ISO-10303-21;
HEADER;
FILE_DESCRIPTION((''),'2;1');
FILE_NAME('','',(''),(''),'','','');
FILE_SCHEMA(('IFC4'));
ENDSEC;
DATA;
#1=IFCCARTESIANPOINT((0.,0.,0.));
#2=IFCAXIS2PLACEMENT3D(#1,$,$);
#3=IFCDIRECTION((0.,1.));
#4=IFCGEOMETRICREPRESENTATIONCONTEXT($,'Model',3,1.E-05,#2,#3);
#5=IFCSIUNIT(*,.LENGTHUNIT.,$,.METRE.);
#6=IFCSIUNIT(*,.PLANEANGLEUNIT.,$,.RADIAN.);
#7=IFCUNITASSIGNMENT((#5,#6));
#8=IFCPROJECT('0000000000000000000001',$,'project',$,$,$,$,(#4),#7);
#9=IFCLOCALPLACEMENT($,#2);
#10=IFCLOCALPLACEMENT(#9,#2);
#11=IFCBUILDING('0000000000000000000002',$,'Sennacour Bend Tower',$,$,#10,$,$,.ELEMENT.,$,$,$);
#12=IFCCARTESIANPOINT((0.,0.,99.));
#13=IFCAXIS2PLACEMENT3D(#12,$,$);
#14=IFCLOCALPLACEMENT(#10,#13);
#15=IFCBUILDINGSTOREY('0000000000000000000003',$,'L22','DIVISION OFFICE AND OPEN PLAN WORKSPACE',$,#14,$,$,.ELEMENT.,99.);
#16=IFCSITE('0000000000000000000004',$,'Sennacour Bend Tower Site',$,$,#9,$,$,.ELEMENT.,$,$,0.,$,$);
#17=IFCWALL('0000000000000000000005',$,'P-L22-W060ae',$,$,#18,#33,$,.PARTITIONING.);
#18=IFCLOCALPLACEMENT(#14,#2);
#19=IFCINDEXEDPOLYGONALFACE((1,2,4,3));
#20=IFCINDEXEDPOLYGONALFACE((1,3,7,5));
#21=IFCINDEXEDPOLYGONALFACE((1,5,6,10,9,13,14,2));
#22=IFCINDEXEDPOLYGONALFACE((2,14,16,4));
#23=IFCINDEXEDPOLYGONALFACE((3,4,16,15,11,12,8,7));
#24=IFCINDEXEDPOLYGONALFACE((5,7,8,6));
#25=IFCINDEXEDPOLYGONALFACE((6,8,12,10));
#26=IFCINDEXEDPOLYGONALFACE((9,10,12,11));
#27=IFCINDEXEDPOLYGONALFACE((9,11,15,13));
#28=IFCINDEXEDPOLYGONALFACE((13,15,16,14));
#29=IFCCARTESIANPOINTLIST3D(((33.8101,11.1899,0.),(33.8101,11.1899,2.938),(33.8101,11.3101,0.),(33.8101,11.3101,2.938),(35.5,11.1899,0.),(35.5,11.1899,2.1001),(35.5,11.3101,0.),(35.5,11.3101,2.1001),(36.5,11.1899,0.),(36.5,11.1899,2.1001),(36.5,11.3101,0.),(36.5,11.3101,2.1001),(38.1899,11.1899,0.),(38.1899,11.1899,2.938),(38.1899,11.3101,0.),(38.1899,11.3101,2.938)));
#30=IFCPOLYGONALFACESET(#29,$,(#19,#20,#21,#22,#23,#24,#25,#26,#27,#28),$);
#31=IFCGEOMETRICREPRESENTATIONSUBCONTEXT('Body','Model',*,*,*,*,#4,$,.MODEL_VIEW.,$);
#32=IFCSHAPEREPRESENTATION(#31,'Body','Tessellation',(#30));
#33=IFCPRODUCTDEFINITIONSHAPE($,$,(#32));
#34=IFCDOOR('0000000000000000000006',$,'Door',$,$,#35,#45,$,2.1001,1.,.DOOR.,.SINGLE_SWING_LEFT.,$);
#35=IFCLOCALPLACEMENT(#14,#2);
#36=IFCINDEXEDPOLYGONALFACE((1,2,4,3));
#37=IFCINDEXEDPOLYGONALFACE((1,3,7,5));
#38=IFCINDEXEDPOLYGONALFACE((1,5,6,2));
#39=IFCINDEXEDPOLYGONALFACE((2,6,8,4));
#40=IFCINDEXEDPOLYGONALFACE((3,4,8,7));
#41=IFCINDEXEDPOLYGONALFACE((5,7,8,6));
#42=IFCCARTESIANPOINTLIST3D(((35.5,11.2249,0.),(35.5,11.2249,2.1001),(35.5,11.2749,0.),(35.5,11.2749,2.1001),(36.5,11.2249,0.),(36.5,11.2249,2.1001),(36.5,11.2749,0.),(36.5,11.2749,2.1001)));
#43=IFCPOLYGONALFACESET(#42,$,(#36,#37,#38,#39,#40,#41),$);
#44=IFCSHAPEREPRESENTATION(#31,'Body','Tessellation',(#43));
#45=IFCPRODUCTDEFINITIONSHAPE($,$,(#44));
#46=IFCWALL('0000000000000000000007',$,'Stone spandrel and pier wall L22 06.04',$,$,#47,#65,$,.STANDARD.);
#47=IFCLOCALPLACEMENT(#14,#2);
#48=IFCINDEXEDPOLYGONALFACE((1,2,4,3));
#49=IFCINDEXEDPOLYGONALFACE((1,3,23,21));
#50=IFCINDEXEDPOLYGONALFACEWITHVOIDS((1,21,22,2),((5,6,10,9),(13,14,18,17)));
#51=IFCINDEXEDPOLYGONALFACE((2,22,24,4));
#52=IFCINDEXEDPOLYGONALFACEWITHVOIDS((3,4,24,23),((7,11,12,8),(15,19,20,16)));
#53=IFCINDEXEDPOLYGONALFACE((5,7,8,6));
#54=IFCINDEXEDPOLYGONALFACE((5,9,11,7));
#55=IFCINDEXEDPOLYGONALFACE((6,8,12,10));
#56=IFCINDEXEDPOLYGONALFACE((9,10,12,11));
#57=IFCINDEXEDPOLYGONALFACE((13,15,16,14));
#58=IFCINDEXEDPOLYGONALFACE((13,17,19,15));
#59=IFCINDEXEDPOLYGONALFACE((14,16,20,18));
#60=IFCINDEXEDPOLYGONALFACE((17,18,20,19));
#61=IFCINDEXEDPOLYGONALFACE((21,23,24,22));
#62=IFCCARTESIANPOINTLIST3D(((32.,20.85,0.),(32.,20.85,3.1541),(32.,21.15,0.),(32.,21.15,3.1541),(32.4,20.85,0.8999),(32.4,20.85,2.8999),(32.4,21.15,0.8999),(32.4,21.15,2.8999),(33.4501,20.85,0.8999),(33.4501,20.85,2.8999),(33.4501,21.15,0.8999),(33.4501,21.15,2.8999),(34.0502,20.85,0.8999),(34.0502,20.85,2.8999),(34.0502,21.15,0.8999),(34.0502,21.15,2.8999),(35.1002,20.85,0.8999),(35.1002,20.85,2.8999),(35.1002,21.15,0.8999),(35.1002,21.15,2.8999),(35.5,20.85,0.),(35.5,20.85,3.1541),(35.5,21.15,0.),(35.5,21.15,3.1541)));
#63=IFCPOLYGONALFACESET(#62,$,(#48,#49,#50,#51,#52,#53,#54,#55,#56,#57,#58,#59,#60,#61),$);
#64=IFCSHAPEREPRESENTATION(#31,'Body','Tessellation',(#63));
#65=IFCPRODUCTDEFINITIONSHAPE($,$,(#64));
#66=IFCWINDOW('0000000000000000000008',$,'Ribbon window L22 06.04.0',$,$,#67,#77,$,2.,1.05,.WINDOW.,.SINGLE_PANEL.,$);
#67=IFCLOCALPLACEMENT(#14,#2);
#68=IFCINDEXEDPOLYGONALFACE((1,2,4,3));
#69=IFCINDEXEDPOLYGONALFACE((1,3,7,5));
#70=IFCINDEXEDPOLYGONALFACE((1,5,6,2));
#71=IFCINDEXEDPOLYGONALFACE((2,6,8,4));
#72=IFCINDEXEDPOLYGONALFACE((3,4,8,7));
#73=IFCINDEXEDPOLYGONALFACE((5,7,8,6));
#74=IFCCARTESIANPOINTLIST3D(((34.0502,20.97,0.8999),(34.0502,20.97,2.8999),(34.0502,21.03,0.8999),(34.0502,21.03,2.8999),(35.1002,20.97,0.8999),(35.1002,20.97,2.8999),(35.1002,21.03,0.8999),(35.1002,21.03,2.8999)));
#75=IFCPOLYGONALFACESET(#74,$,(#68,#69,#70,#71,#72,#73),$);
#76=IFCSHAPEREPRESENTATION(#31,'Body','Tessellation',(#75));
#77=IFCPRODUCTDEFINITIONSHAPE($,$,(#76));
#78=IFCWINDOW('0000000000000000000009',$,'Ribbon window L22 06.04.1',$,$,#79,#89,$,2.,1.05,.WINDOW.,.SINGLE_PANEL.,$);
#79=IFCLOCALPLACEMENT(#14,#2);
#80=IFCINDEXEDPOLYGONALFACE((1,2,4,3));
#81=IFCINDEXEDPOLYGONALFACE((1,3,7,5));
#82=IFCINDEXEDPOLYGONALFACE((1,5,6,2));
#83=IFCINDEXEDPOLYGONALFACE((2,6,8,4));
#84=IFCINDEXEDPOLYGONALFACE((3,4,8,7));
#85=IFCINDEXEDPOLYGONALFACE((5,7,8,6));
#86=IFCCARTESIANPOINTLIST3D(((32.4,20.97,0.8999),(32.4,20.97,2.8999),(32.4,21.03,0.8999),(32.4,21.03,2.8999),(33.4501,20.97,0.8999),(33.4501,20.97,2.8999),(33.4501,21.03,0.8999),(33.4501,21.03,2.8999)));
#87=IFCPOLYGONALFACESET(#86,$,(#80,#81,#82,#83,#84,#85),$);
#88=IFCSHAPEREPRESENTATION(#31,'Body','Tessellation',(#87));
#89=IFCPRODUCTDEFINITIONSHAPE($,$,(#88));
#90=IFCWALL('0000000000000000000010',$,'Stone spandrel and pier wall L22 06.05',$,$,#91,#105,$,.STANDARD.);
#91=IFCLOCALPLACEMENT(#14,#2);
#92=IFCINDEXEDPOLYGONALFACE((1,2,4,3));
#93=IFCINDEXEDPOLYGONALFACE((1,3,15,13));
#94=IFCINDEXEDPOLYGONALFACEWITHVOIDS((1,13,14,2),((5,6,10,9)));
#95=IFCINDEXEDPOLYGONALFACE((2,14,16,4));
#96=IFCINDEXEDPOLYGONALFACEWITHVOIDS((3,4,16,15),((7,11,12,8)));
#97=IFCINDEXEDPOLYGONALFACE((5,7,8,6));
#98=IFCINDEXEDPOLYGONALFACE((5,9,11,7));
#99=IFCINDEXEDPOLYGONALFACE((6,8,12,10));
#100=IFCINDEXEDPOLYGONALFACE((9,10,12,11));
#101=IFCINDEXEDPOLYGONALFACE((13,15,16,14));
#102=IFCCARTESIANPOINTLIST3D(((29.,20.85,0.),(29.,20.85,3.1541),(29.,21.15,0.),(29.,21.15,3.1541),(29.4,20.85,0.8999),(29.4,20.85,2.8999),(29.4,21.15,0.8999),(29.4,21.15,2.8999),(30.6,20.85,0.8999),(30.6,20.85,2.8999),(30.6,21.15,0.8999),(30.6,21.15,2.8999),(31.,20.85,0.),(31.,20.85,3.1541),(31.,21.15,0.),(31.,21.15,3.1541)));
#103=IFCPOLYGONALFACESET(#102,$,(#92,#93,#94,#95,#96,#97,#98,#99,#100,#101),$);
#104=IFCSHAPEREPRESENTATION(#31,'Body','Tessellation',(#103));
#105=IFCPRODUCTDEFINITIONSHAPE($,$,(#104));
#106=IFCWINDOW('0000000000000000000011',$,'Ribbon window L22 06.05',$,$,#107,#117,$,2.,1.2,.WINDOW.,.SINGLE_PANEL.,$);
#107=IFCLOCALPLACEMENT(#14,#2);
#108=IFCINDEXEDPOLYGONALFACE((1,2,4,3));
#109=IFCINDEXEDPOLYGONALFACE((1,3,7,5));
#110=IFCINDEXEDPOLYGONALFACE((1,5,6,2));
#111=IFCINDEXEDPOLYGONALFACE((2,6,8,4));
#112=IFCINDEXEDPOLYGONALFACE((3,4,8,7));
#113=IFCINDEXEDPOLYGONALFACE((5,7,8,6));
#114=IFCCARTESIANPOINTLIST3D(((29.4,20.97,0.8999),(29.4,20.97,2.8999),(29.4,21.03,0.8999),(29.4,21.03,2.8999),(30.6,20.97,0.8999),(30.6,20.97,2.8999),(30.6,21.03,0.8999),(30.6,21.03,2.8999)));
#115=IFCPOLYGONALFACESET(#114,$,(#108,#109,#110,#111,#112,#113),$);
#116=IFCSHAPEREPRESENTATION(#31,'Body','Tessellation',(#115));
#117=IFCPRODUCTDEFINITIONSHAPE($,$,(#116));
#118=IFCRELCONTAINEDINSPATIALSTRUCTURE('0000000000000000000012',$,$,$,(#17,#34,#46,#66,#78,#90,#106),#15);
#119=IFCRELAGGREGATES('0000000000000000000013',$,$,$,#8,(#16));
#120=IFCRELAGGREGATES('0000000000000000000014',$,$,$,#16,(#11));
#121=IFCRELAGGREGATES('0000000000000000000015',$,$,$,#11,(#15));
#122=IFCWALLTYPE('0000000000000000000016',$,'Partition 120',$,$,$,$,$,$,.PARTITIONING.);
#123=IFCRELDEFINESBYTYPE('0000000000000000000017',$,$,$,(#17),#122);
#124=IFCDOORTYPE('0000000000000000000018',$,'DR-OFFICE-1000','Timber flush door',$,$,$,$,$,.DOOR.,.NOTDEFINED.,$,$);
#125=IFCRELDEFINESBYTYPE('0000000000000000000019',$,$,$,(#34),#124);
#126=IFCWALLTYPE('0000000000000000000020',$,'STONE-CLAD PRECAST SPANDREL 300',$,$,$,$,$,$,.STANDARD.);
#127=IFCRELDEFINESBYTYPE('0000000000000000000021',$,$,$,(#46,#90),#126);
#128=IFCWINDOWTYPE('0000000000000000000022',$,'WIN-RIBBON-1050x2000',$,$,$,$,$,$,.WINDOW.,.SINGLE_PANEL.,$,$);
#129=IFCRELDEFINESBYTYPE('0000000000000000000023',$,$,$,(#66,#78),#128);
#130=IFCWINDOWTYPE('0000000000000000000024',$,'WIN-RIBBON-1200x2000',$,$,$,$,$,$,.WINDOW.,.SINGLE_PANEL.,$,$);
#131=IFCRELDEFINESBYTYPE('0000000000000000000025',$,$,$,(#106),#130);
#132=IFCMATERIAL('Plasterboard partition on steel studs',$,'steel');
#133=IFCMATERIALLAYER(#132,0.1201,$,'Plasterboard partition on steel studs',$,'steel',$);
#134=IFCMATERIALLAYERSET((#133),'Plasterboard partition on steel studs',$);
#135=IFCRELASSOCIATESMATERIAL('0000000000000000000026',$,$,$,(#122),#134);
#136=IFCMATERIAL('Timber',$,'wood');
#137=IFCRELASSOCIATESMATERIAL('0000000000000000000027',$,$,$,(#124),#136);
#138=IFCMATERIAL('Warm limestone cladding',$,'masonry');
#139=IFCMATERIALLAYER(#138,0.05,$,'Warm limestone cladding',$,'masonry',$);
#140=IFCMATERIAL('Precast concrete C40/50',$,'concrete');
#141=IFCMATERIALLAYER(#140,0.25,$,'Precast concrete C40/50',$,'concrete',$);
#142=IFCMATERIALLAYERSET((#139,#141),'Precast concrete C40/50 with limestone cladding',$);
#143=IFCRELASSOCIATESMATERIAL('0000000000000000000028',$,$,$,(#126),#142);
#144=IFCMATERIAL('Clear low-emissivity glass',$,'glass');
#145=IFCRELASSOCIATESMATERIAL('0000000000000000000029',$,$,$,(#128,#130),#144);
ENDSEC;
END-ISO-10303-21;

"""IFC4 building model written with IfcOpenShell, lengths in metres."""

from ifc_helpers import new_model, si_unit, direction, frame, frame_2d, origin, place, context, subcontext, project, spatial, rectangle, extrude, material, layer, layer_set, type_object, element, fill, save


model = new_model("IFC4")

# Units and contexts
model_context = context("Model", 3, precision=1e-05, world=origin(), true_north=direction((0.0, 1.0)))
body_context = subcontext(model_context, "Body", "Model", "MODEL_VIEW")
ifc_project = project(units=[si_unit("LENGTHUNIT", "METRE"), si_unit("PLANEANGLEUNIT", "RADIAN")], contexts=[model_context])

# Site, building, storey
site_placement = place(None, origin())
site = spatial("IfcSite", under=ifc_project, at=site_placement, Name="Sennacour Bend Tower Site", CompositionType="ELEMENT", RefElevation=0.0)
building_placement = place(site_placement, origin())
building = spatial("IfcBuilding", under=site, at=building_placement, Name="Sennacour Bend Tower", CompositionType="ELEMENT")
storey_placement = place(building_placement, frame((0.0, 0.0, 99.0)))
storey = spatial("IfcBuildingStorey", under=building, at=storey_placement, Name="L22", Description="DIVISION OFFICE AND OPEN PLAN WORKSPACE", CompositionType="ELEMENT", Elevation=99.0)

# Shared definitions
ifc_material_1 = material(Name="Plasterboard partition on steel studs", Category="steel")
ifc_layer_1 = layer(ifc_material_1, 0.1201, Name="Plasterboard partition on steel studs", Category="steel")
ifc_layer_set_1 = layer_set([ifc_layer_1], Name="Plasterboard partition on steel studs")
wall_type_1 = type_object("IfcWallType", Name="Partition 120", PredefinedType="PARTITIONING", material=ifc_layer_set_1)

# Wall, opening, door
ifc_material_2 = material(Name="Timber", Category="wood")
door_type = type_object("IfcDoorType", Name="DR-OFFICE-1000", Description="Timber flush door", OperationType="NOTDEFINED", PredefinedType="DOOR", material=ifc_material_2)
wall_1_placement = place(storey_placement, frame((33.8101, 11.25, 0.0), z_axis=(0.0, 0.0, 1.0), x_axis=(1.0, 0.0, 0.0)))
wall_1 = element("IfcWall", 1, at=wall_1_placement, inside=storey, type_object=wall_type_1, Name="P-L22-W060ae", PredefinedType="PARTITIONING", context=body_context, shape_type="SweptSolid", body=[
    extrude(rectangle(XDim=4.3799, YDim=0.1201, at=frame_2d((2.1899, 0.0))), origin(), (0.0, 0.0, 1.0), 2.938),
])
opening_1_placement = place(wall_1_placement, frame((1.6899, 0.0, 0.0)))
opening_1 = element("IfcOpeningElement", 2, at=opening_1_placement, cuts=wall_1, PredefinedType="OPENING", context=body_context, shape_type="SweptSolid", body=[
    extrude(rectangle(XDim=1.0, YDim=2.1001, at=frame_2d((0.5, 1.05))), frame((0.0, 0.0701, 0.0), z_axis=(0.0, -1.0, 0.0), x_axis=(1.0, 0.0, 0.0)), (0.0, 0.0, 1.0), 0.1401),
])
door_1_placement = place(opening_1_placement, origin())
door_1 = element("IfcDoor", 3, at=door_1_placement, inside=storey, type_object=door_type, Name="Door", OperationType="SINGLE_SWING_LEFT", OverallHeight=2.1001, OverallWidth=1.0, PredefinedType="DOOR", context=body_context, shape_type="SweptSolid", body=[
    extrude(rectangle(XDim=1.0, YDim=2.1001, at=frame_2d((0.5, 1.05))), frame((0.0, 0.0249, 0.0), z_axis=(0.0, -1.0, 0.0), x_axis=(1.0, 0.0, 0.0)), (0.0, 0.0, 1.0), 0.05),
])
fill(opening_1, door_1)

# Wall, openings, windows
ifc_material_3 = material(Name="Warm limestone cladding", Category="masonry")
ifc_layer_2 = layer(ifc_material_3, 0.05, Name="Warm limestone cladding", Category="masonry")
ifc_material_4 = material(Name="Precast concrete C40/50", Category="concrete")
ifc_layer_3 = layer(ifc_material_4, 0.25, Name="Precast concrete C40/50", Category="concrete")
ifc_layer_set_2 = layer_set([ifc_layer_2, ifc_layer_3], Name="Precast concrete C40/50 with limestone cladding")
wall_type_2 = type_object("IfcWallType", Name="STONE-CLAD PRECAST SPANDREL 300", PredefinedType="STANDARD", material=ifc_layer_set_2)
wall_2_placement = place(storey_placement, frame((35.5, 21.0, 0.0), z_axis=(0.0, 0.0, 1.0), x_axis=(-1.0, 0.0, 0.0)))
wall_2 = element("IfcWall", 4, at=wall_2_placement, inside=storey, type_object=wall_type_2, Name="Stone spandrel and pier wall L22 06.04", PredefinedType="STANDARD", context=body_context, shape_type="SweptSolid", body=[
    extrude(rectangle(XDim=3.5, YDim=0.3, at=frame_2d((1.75, 0.0))), origin(), (0.0, 0.0, 1.0), 3.1541),
])
opening_2_placement = place(wall_2_placement, frame((0.3999, 0.0, 0.8999)))
opening_2 = element("IfcOpeningElement", 5, at=opening_2_placement, cuts=wall_2, PredefinedType="OPENING", context=body_context, shape_type="SweptSolid", body=[
    extrude(rectangle(XDim=1.05, YDim=2.0, at=frame_2d((0.5249, 1.0))), frame((0.0, 0.1602, 0.0), z_axis=(0.0, -1.0, 0.0), x_axis=(1.0, 0.0, 0.0)), (0.0, 0.0, 1.0), 0.3201),
])
opening_3_placement = place(wall_2_placement, frame((2.05, 0.0, 0.8999)))
opening_3 = element("IfcOpeningElement", 6, at=opening_3_placement, cuts=wall_2, PredefinedType="OPENING", context=body_context, shape_type="SweptSolid", body=[
    extrude(rectangle(XDim=1.05, YDim=2.0, at=frame_2d((0.5249, 1.0))), frame((0.0, 0.1602, 0.0), z_axis=(0.0, -1.0, 0.0), x_axis=(1.0, 0.0, 0.0)), (0.0, 0.0, 1.0), 0.3201),
])
ifc_material_5 = material(Name="Clear low-emissivity glass", Category="glass")
window_type_1 = type_object("IfcWindowType", Name="WIN-RIBBON-1050x2000", PartitioningType="SINGLE_PANEL", PredefinedType="WINDOW", material=ifc_material_5)
window_1_placement = place(opening_2_placement, origin())
window_1 = element("IfcWindow", 7, at=window_1_placement, inside=storey, type_object=window_type_1, Name="Ribbon window L22 06.04.0", OverallHeight=2.0, OverallWidth=1.05, PartitioningType="SINGLE_PANEL", PredefinedType="WINDOW", context=body_context, shape_type="SweptSolid", body=[
    extrude(rectangle(XDim=1.05, YDim=2.0, at=frame_2d((0.5249, 1.0))), frame((0.0, 0.03, 0.0), z_axis=(0.0, -1.0, 0.0), x_axis=(1.0, 0.0, 0.0)), (0.0, 0.0, 1.0), 0.0601),
])
fill(opening_2, window_1)
window_2_placement = place(opening_3_placement, origin())
window_2 = element("IfcWindow", 8, at=window_2_placement, inside=storey, type_object=window_type_1, Name="Ribbon window L22 06.04.1", OverallHeight=2.0, OverallWidth=1.05, PartitioningType="SINGLE_PANEL", PredefinedType="WINDOW", context=body_context, shape_type="SweptSolid", body=[
    extrude(rectangle(XDim=1.05, YDim=2.0, at=frame_2d((0.5249, 1.0))), frame((0.0, 0.03, 0.0), z_axis=(0.0, -1.0, 0.0), x_axis=(1.0, 0.0, 0.0)), (0.0, 0.0, 1.0), 0.0601),
])
fill(opening_3, window_2)

# Wall, opening, window
wall_3_placement = place(storey_placement, frame((31.0, 21.0, 0.0), z_axis=(0.0, 0.0, 1.0), x_axis=(-1.0, 0.0, 0.0)))
wall_3 = element("IfcWall", 9, at=wall_3_placement, inside=storey, type_object=wall_type_2, Name="Stone spandrel and pier wall L22 06.05", PredefinedType="STANDARD", context=body_context, shape_type="SweptSolid", body=[
    extrude(rectangle(XDim=2.0, YDim=0.3, at=frame_2d((1.0, 0.0))), origin(), (0.0, 0.0, 1.0), 3.1541),
])
opening_4_placement = place(wall_3_placement, frame((0.3999, 0.0, 0.8999)))
opening_4 = element("IfcOpeningElement", 10, at=opening_4_placement, cuts=wall_3, PredefinedType="OPENING", context=body_context, shape_type="SweptSolid", body=[
    extrude(rectangle(XDim=1.2, YDim=2.0, at=frame_2d((0.6001, 1.0))), frame((0.0, 0.1602, 0.0), z_axis=(0.0, -1.0, 0.0), x_axis=(1.0, 0.0, 0.0)), (0.0, 0.0, 1.0), 0.3201),
])
window_type_2 = type_object("IfcWindowType", Name="WIN-RIBBON-1200x2000", PartitioningType="SINGLE_PANEL", PredefinedType="WINDOW", material=ifc_material_5)
window_3_placement = place(opening_4_placement, origin())
window_3 = element("IfcWindow", 11, at=window_3_placement, inside=storey, type_object=window_type_2, Name="Ribbon window L22 06.05", OverallHeight=2.0, OverallWidth=1.2, PartitioningType="SINGLE_PANEL", PredefinedType="WINDOW", context=body_context, shape_type="SweptSolid", body=[
    extrude(rectangle(XDim=1.2, YDim=2.0, at=frame_2d((0.6001, 1.0))), frame((0.0, 0.03, 0.0), z_axis=(0.0, -1.0, 0.0), x_axis=(1.0, 0.0, 0.0)), (0.0, 0.0, 1.0), 0.0601),
])
fill(opening_4, window_3)

save(model, "model.ifc")
